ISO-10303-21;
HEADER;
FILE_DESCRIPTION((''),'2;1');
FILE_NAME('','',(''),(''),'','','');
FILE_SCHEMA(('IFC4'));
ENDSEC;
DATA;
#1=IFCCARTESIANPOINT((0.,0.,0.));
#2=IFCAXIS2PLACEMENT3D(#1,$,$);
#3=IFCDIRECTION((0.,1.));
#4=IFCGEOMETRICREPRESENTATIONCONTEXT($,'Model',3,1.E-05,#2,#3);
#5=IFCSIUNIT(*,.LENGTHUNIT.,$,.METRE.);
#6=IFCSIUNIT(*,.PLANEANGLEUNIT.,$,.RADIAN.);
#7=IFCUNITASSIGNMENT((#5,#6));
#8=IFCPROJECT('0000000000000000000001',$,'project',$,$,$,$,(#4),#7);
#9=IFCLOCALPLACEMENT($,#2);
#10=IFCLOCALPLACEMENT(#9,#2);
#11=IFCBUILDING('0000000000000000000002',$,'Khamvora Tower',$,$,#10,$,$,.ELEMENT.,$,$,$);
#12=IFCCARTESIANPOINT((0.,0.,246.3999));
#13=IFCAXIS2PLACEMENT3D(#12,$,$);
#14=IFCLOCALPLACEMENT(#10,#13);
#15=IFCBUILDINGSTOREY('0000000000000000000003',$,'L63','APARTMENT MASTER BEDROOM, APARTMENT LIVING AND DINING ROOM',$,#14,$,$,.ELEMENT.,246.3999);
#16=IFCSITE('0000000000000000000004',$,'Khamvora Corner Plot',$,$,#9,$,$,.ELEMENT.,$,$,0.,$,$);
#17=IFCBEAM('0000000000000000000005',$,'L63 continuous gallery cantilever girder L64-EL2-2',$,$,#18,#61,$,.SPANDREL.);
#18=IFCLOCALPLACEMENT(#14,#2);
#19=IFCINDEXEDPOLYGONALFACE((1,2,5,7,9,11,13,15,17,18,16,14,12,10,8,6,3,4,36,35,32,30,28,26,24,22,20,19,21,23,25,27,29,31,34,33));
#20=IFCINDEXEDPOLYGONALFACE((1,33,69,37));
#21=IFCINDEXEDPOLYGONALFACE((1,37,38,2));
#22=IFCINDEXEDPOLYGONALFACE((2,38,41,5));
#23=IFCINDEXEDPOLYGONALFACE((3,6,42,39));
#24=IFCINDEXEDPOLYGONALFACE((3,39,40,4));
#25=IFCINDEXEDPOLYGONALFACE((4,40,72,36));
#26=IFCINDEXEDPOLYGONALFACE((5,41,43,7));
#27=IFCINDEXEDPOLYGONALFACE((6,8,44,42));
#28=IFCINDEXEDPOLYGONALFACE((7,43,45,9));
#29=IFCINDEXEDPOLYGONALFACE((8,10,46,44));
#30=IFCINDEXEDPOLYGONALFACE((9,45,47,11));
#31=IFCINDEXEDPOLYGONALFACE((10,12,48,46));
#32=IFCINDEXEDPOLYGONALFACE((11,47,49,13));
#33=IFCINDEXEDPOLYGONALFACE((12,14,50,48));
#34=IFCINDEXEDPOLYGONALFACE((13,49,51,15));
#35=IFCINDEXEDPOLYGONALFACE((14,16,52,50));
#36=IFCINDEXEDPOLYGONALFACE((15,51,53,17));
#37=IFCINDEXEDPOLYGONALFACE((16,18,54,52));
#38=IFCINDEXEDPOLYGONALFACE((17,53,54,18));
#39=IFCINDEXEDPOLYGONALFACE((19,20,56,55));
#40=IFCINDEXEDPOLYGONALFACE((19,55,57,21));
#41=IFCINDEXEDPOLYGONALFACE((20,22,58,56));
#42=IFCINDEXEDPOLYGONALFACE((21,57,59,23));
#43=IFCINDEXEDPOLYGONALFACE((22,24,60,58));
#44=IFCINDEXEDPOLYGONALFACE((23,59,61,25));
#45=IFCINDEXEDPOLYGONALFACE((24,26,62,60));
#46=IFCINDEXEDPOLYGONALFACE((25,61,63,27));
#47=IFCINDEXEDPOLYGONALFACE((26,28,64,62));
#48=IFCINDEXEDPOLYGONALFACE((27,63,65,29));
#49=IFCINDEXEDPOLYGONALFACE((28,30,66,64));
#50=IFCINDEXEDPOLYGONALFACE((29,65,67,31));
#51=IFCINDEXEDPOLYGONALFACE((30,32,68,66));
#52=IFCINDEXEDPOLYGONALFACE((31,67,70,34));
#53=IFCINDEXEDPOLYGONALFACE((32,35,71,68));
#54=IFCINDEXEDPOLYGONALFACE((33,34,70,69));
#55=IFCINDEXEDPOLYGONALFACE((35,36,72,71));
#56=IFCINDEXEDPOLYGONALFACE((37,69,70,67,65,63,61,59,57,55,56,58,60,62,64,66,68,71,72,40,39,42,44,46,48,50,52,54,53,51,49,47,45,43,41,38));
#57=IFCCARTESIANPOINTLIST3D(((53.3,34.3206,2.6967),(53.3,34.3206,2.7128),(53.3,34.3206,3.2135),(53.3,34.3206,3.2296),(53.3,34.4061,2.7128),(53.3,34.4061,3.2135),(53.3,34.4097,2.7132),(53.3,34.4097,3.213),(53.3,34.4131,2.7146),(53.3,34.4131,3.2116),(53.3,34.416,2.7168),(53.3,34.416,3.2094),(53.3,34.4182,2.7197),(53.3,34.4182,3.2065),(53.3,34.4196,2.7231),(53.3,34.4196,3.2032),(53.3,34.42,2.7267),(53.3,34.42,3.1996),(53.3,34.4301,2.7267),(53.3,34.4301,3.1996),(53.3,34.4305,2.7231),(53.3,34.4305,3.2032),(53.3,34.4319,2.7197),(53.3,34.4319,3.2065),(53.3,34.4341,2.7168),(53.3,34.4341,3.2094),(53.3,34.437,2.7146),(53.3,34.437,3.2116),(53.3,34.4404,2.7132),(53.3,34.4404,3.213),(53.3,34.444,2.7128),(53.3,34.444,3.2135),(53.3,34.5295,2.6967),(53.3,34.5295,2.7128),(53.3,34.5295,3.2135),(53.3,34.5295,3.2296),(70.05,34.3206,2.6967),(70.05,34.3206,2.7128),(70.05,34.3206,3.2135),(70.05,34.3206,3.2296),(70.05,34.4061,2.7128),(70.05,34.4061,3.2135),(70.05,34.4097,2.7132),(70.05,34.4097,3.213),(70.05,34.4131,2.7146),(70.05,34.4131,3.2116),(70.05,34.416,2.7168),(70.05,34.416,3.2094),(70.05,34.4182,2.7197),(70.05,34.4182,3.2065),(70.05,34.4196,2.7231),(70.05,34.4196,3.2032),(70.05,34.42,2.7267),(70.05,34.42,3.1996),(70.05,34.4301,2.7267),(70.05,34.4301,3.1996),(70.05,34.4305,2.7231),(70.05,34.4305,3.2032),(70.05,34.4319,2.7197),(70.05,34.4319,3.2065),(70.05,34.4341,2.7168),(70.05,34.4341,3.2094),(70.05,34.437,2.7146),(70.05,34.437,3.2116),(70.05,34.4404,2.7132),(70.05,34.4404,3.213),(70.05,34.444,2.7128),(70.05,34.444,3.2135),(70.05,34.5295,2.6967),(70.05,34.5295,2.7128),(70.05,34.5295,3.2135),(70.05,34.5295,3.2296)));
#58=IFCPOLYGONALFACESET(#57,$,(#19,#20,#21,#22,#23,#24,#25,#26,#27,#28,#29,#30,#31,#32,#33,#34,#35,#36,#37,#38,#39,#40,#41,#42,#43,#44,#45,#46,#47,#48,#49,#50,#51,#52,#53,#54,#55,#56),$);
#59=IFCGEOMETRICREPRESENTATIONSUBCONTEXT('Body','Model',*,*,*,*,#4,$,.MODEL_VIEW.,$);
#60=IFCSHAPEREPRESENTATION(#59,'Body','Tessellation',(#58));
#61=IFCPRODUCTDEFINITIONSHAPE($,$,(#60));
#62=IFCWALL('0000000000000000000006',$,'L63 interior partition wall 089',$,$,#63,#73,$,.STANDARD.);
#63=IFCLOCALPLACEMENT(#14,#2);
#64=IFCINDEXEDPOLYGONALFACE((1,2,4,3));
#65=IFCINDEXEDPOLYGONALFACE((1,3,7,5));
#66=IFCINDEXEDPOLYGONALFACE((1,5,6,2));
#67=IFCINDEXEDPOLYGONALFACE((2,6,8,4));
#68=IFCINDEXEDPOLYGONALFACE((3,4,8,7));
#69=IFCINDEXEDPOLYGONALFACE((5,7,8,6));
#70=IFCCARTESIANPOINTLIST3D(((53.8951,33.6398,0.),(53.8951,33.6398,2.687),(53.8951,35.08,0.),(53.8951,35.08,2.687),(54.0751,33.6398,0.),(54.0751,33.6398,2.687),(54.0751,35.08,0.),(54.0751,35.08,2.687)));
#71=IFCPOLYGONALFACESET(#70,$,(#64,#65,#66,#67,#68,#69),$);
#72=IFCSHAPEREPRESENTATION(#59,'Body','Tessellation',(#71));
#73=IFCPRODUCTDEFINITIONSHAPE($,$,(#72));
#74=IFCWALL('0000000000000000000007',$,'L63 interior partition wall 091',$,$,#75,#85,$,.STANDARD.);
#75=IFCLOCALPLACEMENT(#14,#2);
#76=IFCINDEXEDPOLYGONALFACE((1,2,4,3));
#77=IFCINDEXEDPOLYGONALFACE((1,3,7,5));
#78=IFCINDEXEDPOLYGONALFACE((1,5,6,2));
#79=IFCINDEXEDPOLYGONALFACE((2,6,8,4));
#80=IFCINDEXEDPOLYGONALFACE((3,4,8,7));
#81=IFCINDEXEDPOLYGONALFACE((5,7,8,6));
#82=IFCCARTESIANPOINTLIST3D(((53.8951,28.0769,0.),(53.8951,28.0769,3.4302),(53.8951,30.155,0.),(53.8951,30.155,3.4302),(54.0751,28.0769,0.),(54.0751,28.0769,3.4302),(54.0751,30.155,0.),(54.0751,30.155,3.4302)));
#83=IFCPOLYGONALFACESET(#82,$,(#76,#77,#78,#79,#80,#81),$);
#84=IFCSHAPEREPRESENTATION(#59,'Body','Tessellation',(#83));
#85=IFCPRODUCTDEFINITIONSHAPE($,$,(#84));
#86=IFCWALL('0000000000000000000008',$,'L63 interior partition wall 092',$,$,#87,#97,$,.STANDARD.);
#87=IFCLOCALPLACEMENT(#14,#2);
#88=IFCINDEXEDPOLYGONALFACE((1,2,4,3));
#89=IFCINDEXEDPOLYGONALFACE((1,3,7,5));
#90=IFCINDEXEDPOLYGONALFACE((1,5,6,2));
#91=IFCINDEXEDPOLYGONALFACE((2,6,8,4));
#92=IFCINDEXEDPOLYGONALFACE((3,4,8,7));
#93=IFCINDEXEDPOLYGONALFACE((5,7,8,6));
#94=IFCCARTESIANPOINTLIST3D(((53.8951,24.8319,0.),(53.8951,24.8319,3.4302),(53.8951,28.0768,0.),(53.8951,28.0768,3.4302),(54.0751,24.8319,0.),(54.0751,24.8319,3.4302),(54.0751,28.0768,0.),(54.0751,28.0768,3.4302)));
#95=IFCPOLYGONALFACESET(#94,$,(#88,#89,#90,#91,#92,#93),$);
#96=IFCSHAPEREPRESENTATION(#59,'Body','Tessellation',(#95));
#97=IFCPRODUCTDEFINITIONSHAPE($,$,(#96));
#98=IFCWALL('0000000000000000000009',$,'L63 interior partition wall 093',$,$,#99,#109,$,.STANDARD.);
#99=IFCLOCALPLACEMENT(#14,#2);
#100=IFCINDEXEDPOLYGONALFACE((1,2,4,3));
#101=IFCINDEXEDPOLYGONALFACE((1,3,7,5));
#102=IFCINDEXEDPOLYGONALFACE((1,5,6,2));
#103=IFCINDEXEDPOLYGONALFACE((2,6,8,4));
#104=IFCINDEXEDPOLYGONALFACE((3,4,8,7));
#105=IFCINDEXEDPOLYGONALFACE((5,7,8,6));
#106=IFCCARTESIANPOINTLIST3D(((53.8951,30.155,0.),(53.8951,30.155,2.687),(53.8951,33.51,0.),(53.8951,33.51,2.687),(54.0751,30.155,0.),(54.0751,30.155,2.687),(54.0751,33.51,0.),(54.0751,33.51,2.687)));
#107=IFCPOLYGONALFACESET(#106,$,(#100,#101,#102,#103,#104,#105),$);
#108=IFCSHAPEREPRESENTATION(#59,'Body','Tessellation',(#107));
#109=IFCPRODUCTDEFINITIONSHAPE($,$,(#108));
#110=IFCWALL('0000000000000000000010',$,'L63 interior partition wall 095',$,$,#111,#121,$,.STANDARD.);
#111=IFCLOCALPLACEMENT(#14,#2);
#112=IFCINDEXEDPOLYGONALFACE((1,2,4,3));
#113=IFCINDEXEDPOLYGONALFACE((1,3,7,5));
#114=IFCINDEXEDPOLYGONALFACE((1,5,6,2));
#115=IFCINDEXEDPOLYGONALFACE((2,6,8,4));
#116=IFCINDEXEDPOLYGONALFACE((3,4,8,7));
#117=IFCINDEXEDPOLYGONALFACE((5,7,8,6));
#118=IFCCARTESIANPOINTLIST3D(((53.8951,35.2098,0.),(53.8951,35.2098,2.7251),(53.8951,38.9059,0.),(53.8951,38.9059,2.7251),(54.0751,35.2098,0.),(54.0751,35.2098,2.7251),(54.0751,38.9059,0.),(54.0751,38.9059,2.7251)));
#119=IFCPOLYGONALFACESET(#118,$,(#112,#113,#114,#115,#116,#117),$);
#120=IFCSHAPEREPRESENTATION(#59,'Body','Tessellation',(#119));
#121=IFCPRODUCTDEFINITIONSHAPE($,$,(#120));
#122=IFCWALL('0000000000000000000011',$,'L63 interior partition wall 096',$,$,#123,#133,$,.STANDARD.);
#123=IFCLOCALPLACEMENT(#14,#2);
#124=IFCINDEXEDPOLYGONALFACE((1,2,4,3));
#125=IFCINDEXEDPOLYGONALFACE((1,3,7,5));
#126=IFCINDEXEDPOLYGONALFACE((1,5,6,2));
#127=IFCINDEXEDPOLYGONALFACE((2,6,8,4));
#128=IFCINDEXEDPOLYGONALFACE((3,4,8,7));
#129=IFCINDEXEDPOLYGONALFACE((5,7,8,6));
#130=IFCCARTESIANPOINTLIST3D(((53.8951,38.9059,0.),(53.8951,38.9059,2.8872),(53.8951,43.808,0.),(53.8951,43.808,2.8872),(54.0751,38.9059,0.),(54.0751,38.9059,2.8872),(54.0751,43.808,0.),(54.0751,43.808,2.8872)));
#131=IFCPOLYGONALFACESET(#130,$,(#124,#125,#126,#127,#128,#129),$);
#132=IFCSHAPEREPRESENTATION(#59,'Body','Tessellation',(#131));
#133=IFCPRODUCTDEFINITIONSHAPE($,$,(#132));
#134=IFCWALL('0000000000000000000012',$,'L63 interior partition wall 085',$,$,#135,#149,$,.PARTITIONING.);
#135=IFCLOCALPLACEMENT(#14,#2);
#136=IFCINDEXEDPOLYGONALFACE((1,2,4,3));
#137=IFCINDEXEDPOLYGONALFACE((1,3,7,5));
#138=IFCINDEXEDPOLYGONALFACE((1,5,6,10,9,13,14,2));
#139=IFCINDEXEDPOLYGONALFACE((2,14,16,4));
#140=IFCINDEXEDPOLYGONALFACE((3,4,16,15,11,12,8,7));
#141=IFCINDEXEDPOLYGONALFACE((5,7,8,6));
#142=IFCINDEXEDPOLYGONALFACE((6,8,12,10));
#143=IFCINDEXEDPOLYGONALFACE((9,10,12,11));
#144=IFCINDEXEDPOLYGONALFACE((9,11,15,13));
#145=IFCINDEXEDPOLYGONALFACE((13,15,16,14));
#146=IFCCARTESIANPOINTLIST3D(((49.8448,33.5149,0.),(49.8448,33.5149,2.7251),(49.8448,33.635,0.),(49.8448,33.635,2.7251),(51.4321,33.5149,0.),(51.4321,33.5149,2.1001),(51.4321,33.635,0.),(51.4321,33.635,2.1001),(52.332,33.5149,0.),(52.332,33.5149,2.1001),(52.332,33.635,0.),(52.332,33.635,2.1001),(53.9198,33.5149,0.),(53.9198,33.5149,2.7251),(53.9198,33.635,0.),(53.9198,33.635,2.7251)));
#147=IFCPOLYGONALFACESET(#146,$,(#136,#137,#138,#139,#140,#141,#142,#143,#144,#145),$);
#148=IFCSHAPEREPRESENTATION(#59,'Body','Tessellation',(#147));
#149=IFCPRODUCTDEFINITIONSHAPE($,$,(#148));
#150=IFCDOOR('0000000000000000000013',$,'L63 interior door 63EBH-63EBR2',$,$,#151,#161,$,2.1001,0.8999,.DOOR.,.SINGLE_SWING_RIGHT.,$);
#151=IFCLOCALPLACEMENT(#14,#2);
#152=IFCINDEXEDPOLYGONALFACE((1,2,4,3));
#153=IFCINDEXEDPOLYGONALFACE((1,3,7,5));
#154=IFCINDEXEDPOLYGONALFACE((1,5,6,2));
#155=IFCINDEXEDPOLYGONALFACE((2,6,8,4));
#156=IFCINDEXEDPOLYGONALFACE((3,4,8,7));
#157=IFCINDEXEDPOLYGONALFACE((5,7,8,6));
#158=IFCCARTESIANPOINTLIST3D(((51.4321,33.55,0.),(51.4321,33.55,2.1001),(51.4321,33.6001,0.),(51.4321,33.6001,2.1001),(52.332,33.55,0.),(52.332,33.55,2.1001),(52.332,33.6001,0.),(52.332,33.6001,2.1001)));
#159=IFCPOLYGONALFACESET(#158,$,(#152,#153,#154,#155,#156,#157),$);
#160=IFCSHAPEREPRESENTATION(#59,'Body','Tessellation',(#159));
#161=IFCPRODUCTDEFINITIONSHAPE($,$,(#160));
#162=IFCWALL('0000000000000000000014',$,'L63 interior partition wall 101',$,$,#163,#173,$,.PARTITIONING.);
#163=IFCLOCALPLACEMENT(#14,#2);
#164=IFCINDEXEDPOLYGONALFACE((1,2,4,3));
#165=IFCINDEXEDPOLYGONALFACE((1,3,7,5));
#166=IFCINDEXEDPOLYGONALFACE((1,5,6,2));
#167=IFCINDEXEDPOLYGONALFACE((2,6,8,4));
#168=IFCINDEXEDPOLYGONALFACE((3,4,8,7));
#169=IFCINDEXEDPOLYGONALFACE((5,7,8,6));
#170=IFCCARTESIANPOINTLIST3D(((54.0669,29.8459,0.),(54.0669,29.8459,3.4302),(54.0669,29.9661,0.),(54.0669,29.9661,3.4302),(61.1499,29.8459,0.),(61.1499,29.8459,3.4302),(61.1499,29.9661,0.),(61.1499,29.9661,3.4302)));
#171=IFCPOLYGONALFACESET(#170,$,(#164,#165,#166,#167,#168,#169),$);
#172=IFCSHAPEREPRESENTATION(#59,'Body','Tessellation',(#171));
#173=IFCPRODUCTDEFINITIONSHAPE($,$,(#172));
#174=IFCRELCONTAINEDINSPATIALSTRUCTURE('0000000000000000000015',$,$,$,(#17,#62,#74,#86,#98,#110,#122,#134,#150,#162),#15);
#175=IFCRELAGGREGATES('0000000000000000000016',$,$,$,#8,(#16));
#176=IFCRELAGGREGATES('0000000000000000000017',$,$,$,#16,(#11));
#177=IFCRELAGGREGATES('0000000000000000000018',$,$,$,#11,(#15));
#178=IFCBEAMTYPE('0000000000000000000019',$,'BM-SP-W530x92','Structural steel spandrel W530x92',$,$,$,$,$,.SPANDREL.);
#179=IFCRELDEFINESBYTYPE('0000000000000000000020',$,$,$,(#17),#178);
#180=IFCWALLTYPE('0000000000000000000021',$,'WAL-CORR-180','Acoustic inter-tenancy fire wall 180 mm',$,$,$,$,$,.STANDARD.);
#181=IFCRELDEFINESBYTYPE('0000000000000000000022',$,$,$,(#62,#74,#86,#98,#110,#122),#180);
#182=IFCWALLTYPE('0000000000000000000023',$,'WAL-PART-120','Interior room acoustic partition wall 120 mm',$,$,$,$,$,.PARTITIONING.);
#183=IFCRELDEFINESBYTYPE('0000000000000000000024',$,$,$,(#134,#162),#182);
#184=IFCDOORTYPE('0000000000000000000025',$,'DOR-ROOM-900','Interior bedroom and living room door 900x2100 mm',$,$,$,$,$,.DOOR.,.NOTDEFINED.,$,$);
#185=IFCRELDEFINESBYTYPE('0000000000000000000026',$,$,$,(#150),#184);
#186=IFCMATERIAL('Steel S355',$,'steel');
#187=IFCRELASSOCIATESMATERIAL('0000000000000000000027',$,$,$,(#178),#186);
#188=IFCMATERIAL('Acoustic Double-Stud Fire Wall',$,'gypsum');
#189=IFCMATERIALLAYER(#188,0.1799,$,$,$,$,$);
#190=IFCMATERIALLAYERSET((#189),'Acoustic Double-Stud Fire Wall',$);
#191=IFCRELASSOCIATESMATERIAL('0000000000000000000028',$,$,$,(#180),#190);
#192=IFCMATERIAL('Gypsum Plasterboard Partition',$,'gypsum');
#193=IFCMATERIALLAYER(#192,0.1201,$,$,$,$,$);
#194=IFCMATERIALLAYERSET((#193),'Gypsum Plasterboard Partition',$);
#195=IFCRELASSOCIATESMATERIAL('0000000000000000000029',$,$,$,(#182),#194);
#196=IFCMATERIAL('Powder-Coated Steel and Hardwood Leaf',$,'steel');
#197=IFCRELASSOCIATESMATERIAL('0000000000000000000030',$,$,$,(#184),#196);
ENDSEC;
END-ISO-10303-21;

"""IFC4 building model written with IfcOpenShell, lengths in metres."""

from ifc_helpers import new_model, si_unit, direction, frame, frame_2d, origin, origin_2d, place, context, subcontext, project, spatial, rectangle, i_section, extrude, material, layer, layer_set, material_profile, profile_set, type_object, element, fill, save


model = new_model("IFC4")

# Units and contexts
model_context = context("Model", 3, precision=1e-05, world=origin(), true_north=direction((0.0, 1.0)))
body_context = subcontext(model_context, "Body", "Model", "MODEL_VIEW")
ifc_project = project(units=[si_unit("LENGTHUNIT", "METRE"), si_unit("PLANEANGLEUNIT", "RADIAN")], contexts=[model_context])

# Site, building, storey
site_placement = place(None, origin())
site = spatial("IfcSite", under=ifc_project, at=site_placement, Name="Khamvora Corner Plot", CompositionType="ELEMENT", RefElevation=0.0)
building_placement = place(site_placement, origin())
building = spatial("IfcBuilding", under=site, at=building_placement, Name="Khamvora Tower", CompositionType="ELEMENT")
storey_placement = place(building_placement, frame((0.0, 0.0, 246.3999)))
storey = spatial("IfcBuildingStorey", under=building, at=storey_placement, Name="L63", Description="APARTMENT MASTER BEDROOM, APARTMENT LIVING AND DINING ROOM", CompositionType="ELEMENT", Elevation=246.3999)

# Shared definitions
ifc_material_1 = material(Name="Steel S355", Category="steel")

# Beam
ifc_material_profile_1 = material_profile(ifc_material_1, i_section(OverallWidth=0.209, OverallDepth=0.533, WebThickness=0.01, FlangeThickness=0.0161, FilletRadius=0.0139, at=origin_2d()), Name="W530x92")
ifc_profile_set_1 = profile_set([ifc_material_profile_1], Name="Steel S355")
beam_type_1 = type_object("IfcBeamType", Name="BM-SP-W530x92", Description="Structural steel spandrel W530x92", PredefinedType="SPANDREL", material=ifc_profile_set_1)
beam_1_placement = place(storey_placement, frame((53.3, 34.425, 2.9631), z_axis=(1.0, 0.0, 0.0), x_axis=(0.0, 1.0, 0.0)))
element("IfcBeam", 1, at=beam_1_placement, inside=storey, type_object=beam_type_1, Name="L63 continuous gallery cantilever girder L64-EL2-2", PredefinedType="SPANDREL", context=body_context, shape_type="SweptSolid", body=[
    extrude(i_section(OverallWidth=0.209, OverallDepth=0.533, WebThickness=0.01, FlangeThickness=0.0161, FilletRadius=0.0139, at=origin_2d()), origin(), (0.0, 0.0, 1.0), 16.75),
])

# Walls
ifc_material_2 = material(Name="Acoustic Double-Stud Fire Wall", Category="gypsum")
ifc_layer_1 = layer(ifc_material_2, 0.1799)
ifc_layer_set_1 = layer_set([ifc_layer_1], Name="Acoustic Double-Stud Fire Wall")
wall_type_1 = type_object("IfcWallType", Name="WAL-CORR-180", Description="Acoustic inter-tenancy fire wall 180 mm", PredefinedType="STANDARD", material=ifc_layer_set_1)
wall_1_placement = place(storey_placement, frame((53.9851, 35.0801, 0.0), z_axis=(0.0, 0.0, 1.0), x_axis=(0.0, -1.0, 0.0)))
element("IfcWall", 2, at=wall_1_placement, inside=storey, type_object=wall_type_1, Name="L63 interior partition wall 089", PredefinedType="STANDARD", context=body_context, shape_type="SweptSolid", body=[
    extrude(rectangle(XDim=1.4402, YDim=0.1799, at=frame_2d((0.7202, 0.0))), origin(), (0.0, 0.0, 1.0), 2.687),
])
wall_2_placement = place(storey_placement, frame((53.9851, 30.155, 0.0), z_axis=(0.0, 0.0, 1.0), x_axis=(0.0, -1.0, 0.0)))
element("IfcWall", 3, at=wall_2_placement, inside=storey, type_object=wall_type_1, Name="L63 interior partition wall 091", PredefinedType="STANDARD", context=body_context, shape_type="SweptSolid", body=[
    extrude(rectangle(XDim=2.0781, YDim=0.1799, at=frame_2d((1.0391, 0.0))), origin(), (0.0, 0.0, 1.0), 3.4302),
])
wall_3_placement = place(storey_placement, frame((53.9851, 28.0769, 0.0), z_axis=(0.0, 0.0, 1.0), x_axis=(0.0, -1.0, 0.0)))
element("IfcWall", 4, at=wall_3_placement, inside=storey, type_object=wall_type_1, Name="L63 interior partition wall 092", PredefinedType="STANDARD", context=body_context, shape_type="SweptSolid", body=[
    extrude(rectangle(XDim=3.2449, YDim=0.1799, at=frame_2d((1.6226, 0.0))), origin(), (0.0, 0.0, 1.0), 3.4302),
])
wall_4_placement = place(storey_placement, frame((53.9851, 33.51, 0.0), z_axis=(0.0, 0.0, 1.0), x_axis=(0.0, -1.0, 0.0)))
element("IfcWall", 5, at=wall_4_placement, inside=storey, type_object=wall_type_1, Name="L63 interior partition wall 093", PredefinedType="STANDARD", context=body_context, shape_type="SweptSolid", body=[
    extrude(rectangle(XDim=3.355, YDim=0.1799, at=frame_2d((1.6775, 0.0))), origin(), (0.0, 0.0, 1.0), 2.687),
])
wall_5_placement = place(storey_placement, frame((53.9851, 38.906, 0.0), z_axis=(0.0, 0.0, 1.0), x_axis=(0.0, -1.0, 0.0)))
element("IfcWall", 6, at=wall_5_placement, inside=storey, type_object=wall_type_1, Name="L63 interior partition wall 095", PredefinedType="STANDARD", context=body_context, shape_type="SweptSolid", body=[
    extrude(rectangle(XDim=3.696, YDim=0.1799, at=frame_2d((1.8481, 0.0))), origin(), (0.0, 0.0, 1.0), 2.7251),
])
wall_6_placement = place(storey_placement, frame((53.9851, 43.8081, 0.0), z_axis=(0.0, 0.0, 1.0), x_axis=(0.0, -1.0, 0.0)))
element("IfcWall", 7, at=wall_6_placement, inside=storey, type_object=wall_type_1, Name="L63 interior partition wall 096", PredefinedType="STANDARD", context=body_context, shape_type="SweptSolid", body=[
    extrude(rectangle(XDim=4.9021, YDim=0.1799, at=frame_2d((2.4512, 0.0))), origin(), (0.0, 0.0, 1.0), 2.8872),
])

# Wall, opening, door
ifc_material_3 = material(Name="Gypsum Plasterboard Partition", Category="gypsum")
ifc_layer_2 = layer(ifc_material_3, 0.1201)
ifc_layer_set_2 = layer_set([ifc_layer_2], Name="Gypsum Plasterboard Partition")
wall_type_2 = type_object("IfcWallType", Name="WAL-PART-120", Description="Interior room acoustic partition wall 120 mm", PredefinedType="PARTITIONING", material=ifc_layer_set_2)
wall_7_placement = place(storey_placement, frame((53.9199, 33.575, 0.0), z_axis=(0.0, 0.0, 1.0), x_axis=(-1.0, 0.0, 0.0)))
wall_7 = element("IfcWall", 8, at=wall_7_placement, inside=storey, type_object=wall_type_2, Name="L63 interior partition wall 085", PredefinedType="PARTITIONING", context=body_context, shape_type="SweptSolid", body=[
    extrude(rectangle(XDim=4.075, YDim=0.1201, at=frame_2d((2.0376, 0.0))), origin(), (0.0, 0.0, 1.0), 2.7251),
])
opening_1_placement = place(wall_7_placement, frame((1.5879, 0.0, 0.0)))
opening_1 = element("IfcOpeningElement", 9, at=opening_1_placement, cuts=wall_7, PredefinedType="OPENING", context=body_context, shape_type="SweptSolid", body=[
    extrude(rectangle(XDim=0.8999, YDim=2.1001, at=frame_2d((0.45, 1.05))), frame((0.0, 0.0701, 0.0), z_axis=(0.0, -1.0, 0.0), x_axis=(1.0, 0.0, 0.0)), (0.0, 0.0, 1.0), 0.1401),
])
ifc_material_4 = material(Name="Powder-Coated Steel and Hardwood Leaf", Category="steel")
door_type_1 = type_object("IfcDoorType", Name="DOR-ROOM-900", Description="Interior bedroom and living room door 900x2100 mm", OperationType="NOTDEFINED", PredefinedType="DOOR", material=ifc_material_4)
door_1_placement = place(opening_1_placement, origin())
door_1 = element("IfcDoor", 10, at=door_1_placement, inside=storey, type_object=door_type_1, Name="L63 interior door 63EBH-63EBR2", OperationType="SINGLE_SWING_RIGHT", OverallHeight=2.1001, OverallWidth=0.8999, PredefinedType="DOOR", context=body_context, shape_type="SweptSolid", body=[
    extrude(rectangle(XDim=0.8999, YDim=2.1001, at=frame_2d((0.45, 1.05))), frame((0.0, 0.0249, 0.0), z_axis=(0.0, -1.0, 0.0), x_axis=(1.0, 0.0, 0.0)), (0.0, 0.0, 1.0), 0.05),
])
fill(opening_1, door_1)

# Wall
wall_8_placement = place(storey_placement, frame((54.0669, 29.906, 0.0), z_axis=(0.0, 0.0, 1.0), x_axis=(1.0, 0.0, 0.0)))
element("IfcWall", 11, at=wall_8_placement, inside=storey, type_object=wall_type_2, Name="L63 interior partition wall 101", PredefinedType="PARTITIONING", context=body_context, shape_type="SweptSolid", body=[
    extrude(rectangle(XDim=7.083, YDim=0.1201, at=frame_2d((3.5415, 0.0))), origin(), (0.0, 0.0, 1.0), 3.4302),
])

save(model, "model.ifc")
